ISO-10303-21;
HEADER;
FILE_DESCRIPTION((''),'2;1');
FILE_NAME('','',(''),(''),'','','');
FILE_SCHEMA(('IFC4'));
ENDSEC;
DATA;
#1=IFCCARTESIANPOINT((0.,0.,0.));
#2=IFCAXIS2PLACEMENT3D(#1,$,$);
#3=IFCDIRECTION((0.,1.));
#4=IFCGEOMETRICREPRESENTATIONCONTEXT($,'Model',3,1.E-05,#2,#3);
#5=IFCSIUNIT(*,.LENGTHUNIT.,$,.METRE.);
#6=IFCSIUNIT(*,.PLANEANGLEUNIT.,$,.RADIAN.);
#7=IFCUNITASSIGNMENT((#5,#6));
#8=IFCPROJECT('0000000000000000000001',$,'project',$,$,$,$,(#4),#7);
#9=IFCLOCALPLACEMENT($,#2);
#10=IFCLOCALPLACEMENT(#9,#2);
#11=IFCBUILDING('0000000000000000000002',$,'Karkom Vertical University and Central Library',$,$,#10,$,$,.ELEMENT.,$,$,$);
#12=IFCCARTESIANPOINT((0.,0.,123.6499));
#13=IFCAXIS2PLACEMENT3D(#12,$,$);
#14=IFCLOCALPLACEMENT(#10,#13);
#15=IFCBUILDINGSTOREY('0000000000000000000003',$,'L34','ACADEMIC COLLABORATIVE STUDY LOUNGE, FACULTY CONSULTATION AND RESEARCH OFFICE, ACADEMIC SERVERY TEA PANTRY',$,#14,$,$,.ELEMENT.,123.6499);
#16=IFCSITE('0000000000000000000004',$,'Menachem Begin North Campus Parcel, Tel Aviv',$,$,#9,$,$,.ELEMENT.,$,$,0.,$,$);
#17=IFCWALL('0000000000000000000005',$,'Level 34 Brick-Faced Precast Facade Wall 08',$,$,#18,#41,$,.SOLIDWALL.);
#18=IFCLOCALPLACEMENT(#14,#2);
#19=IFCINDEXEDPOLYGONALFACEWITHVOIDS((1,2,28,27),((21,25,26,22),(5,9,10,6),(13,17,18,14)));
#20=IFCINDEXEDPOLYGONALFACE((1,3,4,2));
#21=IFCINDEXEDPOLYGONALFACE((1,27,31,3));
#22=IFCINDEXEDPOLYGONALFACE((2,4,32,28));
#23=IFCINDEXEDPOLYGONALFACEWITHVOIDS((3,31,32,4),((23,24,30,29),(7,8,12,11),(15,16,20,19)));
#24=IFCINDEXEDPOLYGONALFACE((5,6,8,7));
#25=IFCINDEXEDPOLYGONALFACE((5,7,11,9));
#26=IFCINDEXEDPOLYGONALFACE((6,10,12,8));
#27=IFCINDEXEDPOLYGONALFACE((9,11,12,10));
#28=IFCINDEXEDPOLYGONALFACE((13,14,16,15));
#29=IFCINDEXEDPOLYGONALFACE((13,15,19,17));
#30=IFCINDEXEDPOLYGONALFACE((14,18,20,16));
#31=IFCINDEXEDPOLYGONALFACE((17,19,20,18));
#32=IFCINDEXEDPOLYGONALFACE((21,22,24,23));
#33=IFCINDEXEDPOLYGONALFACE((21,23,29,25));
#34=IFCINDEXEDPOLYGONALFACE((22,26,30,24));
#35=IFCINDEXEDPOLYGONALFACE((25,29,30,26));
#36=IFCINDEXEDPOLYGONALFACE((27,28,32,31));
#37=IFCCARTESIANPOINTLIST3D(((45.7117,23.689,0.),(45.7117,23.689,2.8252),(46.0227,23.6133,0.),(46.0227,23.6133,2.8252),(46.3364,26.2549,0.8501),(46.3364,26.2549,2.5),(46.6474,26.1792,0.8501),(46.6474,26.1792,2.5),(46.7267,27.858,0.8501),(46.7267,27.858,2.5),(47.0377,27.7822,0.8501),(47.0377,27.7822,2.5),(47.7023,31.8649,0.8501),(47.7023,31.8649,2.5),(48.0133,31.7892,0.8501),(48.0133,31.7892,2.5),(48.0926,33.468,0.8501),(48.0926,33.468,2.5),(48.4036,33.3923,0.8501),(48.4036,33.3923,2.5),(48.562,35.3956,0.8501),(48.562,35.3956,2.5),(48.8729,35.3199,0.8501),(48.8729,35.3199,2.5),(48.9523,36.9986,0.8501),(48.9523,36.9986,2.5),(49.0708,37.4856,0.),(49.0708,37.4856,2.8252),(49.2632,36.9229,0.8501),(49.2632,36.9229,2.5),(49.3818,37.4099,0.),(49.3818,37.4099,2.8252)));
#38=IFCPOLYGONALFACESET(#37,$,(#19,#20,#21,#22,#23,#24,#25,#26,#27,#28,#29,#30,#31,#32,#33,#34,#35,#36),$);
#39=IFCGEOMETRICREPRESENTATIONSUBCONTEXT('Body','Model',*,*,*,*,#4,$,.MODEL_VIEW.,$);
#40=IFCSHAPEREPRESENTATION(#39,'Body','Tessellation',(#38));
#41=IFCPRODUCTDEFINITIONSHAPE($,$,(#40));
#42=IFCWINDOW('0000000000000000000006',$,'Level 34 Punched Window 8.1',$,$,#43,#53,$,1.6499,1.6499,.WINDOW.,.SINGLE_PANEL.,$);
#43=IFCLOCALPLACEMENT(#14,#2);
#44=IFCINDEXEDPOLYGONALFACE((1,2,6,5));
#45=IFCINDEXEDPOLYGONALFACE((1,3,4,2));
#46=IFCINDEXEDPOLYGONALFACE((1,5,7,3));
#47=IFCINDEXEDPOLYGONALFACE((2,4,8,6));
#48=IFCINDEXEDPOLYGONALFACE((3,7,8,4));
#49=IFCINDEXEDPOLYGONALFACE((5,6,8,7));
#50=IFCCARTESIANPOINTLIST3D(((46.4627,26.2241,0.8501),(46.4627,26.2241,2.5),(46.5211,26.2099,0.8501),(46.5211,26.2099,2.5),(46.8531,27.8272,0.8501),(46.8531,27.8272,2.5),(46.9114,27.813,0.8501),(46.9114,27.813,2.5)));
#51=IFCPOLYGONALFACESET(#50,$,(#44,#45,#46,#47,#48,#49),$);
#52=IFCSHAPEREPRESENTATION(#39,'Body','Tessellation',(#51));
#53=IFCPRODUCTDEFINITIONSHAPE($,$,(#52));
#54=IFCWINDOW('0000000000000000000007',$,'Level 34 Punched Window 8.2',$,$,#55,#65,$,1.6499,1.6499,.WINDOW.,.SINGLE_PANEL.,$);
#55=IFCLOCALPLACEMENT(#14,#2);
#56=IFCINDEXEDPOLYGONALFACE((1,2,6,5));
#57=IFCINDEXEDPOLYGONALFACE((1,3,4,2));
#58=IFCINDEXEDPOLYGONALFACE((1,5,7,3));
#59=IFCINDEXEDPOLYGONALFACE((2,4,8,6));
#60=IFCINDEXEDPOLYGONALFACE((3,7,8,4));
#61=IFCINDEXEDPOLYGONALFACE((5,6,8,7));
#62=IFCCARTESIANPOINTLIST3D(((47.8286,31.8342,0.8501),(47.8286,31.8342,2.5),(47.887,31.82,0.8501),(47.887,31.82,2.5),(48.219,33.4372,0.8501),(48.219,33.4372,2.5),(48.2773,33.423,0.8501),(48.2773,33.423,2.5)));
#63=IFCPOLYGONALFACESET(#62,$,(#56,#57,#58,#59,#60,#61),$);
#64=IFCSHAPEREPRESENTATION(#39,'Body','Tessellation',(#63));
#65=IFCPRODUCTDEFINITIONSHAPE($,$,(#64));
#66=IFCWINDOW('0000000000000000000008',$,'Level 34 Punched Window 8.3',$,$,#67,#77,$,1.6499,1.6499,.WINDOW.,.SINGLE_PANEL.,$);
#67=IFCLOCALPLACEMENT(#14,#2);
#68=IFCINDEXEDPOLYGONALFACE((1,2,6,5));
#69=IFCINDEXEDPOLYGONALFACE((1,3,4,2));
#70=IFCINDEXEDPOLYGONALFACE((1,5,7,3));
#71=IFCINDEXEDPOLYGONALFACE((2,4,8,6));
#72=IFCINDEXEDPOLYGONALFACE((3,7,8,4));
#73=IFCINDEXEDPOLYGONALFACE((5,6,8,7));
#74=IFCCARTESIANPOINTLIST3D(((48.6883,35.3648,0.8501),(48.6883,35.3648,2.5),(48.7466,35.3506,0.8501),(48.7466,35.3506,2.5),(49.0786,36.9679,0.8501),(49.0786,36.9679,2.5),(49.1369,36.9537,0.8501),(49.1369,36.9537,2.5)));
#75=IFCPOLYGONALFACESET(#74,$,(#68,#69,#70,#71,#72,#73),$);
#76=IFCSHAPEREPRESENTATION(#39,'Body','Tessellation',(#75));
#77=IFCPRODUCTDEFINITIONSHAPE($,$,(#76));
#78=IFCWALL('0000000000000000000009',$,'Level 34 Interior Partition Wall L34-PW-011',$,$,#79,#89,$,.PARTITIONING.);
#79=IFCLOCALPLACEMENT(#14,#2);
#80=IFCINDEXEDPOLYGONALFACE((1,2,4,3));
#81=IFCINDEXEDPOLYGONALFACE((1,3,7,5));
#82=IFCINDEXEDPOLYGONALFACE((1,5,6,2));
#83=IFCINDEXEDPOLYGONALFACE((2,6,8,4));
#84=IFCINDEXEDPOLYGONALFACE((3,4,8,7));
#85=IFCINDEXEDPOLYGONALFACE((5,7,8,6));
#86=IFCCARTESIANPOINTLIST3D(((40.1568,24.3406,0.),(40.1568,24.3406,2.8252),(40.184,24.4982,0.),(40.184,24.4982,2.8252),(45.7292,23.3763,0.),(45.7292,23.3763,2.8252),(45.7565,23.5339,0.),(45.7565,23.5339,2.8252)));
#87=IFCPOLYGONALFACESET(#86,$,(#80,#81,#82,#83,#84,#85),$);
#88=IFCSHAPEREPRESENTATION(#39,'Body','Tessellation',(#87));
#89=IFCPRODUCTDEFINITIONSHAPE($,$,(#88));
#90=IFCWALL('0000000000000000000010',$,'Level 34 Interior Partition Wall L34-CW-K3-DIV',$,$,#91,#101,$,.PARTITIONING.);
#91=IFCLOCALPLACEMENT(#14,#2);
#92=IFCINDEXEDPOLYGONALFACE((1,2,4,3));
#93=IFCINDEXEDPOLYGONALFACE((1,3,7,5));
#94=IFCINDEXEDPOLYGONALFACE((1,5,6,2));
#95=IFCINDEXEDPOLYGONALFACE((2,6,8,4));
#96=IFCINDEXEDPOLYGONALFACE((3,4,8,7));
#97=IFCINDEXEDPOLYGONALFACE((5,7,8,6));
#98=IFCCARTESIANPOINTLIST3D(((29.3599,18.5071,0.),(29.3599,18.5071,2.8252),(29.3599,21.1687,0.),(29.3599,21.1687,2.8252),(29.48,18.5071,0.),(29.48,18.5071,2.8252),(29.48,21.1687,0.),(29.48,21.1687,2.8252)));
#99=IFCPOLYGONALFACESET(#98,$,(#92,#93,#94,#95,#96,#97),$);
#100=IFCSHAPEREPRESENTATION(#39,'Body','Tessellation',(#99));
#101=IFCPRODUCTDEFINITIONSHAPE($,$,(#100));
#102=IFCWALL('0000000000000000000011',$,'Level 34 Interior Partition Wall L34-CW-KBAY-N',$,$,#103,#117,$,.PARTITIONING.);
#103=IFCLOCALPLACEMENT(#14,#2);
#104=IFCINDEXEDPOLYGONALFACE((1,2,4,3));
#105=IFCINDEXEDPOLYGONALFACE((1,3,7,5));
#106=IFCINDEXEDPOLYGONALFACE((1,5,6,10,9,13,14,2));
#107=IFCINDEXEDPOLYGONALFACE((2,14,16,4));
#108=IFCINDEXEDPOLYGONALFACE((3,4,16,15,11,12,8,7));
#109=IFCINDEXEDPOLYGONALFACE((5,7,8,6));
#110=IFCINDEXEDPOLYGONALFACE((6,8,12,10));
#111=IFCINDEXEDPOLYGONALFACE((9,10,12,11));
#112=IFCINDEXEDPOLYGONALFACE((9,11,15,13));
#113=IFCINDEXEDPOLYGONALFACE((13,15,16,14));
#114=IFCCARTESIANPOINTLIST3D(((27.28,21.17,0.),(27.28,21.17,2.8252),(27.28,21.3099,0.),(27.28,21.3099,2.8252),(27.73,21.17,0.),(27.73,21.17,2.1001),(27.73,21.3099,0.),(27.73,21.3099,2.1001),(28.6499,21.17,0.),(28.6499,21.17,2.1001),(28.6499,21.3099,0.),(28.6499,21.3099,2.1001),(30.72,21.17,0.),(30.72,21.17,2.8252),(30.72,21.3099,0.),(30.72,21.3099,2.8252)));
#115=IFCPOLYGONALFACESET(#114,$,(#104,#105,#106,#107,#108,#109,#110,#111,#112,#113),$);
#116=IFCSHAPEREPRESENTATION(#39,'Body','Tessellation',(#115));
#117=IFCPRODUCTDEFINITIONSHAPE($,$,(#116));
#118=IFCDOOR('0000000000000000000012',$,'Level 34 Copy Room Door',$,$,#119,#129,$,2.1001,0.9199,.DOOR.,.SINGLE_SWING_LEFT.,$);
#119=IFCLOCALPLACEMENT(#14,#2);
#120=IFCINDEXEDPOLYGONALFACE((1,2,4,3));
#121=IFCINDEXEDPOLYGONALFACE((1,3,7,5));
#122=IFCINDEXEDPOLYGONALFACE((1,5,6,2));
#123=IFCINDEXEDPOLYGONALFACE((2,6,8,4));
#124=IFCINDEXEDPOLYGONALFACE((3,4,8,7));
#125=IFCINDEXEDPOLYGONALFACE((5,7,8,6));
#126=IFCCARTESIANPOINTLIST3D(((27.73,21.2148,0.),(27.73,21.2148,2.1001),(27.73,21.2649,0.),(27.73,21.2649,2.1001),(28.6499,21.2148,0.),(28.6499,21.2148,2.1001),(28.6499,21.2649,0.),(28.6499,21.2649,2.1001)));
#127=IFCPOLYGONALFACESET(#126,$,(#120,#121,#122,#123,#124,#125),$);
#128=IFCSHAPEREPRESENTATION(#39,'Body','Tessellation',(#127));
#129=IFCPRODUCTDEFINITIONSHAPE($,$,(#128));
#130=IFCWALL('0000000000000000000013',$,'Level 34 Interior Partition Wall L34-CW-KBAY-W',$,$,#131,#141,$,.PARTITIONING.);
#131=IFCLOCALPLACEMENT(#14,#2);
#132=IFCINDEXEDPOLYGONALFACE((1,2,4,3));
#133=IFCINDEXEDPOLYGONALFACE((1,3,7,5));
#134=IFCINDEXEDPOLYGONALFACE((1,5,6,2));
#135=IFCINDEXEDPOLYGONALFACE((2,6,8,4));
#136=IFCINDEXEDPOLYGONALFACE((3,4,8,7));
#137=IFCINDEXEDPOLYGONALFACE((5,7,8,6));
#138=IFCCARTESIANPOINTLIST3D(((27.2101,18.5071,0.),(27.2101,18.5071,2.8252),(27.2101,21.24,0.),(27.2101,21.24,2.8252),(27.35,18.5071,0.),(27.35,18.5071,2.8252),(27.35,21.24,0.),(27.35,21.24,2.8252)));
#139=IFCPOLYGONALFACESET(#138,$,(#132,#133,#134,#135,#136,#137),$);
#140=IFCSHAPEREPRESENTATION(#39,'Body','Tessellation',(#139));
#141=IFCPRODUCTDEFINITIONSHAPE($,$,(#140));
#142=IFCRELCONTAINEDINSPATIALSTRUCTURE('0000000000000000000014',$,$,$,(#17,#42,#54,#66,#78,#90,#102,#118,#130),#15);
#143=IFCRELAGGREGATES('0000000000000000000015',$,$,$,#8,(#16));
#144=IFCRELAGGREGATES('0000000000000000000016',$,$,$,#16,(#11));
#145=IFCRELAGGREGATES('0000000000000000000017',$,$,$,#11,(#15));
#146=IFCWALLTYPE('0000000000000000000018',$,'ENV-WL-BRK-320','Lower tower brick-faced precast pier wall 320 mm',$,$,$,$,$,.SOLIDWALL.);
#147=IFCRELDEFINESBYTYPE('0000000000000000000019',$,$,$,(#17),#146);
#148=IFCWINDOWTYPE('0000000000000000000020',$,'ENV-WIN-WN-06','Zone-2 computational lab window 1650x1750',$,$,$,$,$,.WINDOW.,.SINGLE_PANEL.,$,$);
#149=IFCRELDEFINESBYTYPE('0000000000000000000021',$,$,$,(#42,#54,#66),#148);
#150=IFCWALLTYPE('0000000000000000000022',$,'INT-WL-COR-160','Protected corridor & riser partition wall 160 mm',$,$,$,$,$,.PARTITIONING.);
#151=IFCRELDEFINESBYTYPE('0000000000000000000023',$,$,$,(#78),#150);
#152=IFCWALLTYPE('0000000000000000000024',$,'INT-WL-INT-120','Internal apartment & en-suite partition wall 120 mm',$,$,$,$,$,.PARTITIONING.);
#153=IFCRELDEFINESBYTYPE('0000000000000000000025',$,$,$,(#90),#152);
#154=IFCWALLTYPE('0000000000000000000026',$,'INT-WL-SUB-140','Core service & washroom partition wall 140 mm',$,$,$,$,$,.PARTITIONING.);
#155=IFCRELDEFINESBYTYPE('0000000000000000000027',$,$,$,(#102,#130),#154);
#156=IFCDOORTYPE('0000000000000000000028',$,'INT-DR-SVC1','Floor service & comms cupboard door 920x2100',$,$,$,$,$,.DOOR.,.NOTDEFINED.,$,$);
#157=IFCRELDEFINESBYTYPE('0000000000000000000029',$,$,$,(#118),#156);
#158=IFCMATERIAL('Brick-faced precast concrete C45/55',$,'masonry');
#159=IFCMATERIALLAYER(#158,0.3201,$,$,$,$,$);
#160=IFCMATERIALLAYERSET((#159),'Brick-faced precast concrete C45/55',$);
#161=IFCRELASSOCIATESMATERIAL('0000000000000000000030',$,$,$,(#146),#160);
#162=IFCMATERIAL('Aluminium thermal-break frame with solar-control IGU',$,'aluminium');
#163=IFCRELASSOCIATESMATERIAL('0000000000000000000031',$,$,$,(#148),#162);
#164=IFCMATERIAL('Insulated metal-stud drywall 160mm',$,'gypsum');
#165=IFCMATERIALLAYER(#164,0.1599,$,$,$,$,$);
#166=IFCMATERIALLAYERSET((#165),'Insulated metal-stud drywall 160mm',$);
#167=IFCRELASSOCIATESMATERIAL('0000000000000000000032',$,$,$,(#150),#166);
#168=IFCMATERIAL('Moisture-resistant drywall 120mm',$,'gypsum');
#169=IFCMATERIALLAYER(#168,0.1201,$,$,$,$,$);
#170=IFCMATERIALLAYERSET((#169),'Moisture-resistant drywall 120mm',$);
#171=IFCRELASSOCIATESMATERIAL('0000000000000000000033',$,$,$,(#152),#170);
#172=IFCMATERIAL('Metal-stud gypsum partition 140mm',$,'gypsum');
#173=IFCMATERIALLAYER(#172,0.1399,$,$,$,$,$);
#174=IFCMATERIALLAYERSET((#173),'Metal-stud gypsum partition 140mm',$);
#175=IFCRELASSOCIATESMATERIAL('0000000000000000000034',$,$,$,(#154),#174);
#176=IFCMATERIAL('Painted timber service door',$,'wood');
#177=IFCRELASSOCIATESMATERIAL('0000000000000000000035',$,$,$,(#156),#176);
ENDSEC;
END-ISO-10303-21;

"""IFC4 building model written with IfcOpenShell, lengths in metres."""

from ifc_helpers import new_model, si_unit, direction, frame, frame_2d, origin, origin_with_axes, place, context, subcontext, project, spatial, rectangle, extrude, source, transform, mapped, material, layer, layer_set, type_object, element, fill, save


model = new_model("IFC4")

# Units and contexts
model_context = context("Model", 3, precision=1e-05, world=origin(), true_north=direction((0.0, 1.0)))
body_context = subcontext(model_context, "Body", "Model", "MODEL_VIEW")
ifc_project = project(units=[si_unit("LENGTHUNIT", "METRE"), si_unit("PLANEANGLEUNIT", "RADIAN")], contexts=[model_context])

# Site, building, storey
site_placement = place(None, origin())
site = spatial("IfcSite", under=ifc_project, at=site_placement, Name="Menachem Begin North Campus Parcel, Tel Aviv", CompositionType="ELEMENT", RefElevation=0.0)
building_placement = place(site_placement, origin())
building = spatial("IfcBuilding", under=site, at=building_placement, Name="Karkom Vertical University and Central Library", CompositionType="ELEMENT")
storey_placement = place(building_placement, frame((0.0, 0.0, 123.6499)))
storey = spatial("IfcBuildingStorey", under=building, at=storey_placement, Name="L34", Description="ACADEMIC COLLABORATIVE STUDY LOUNGE, FACULTY CONSULTATION AND RESEARCH OFFICE, ACADEMIC SERVERY TEA PANTRY", CompositionType="ELEMENT", Elevation=123.6499)

# Wall, openings, windows
ifc_material_1 = material(Name="Brick-faced precast concrete C45/55", Category="masonry")
ifc_layer_1 = layer(ifc_material_1, 0.3201)
ifc_layer_set_1 = layer_set([ifc_layer_1], Name="Brick-faced precast concrete C45/55")
wall_type_1 = type_object("IfcWallType", Name="ENV-WL-BRK-320", Description="Lower tower brick-faced precast pier wall 320 mm", PredefinedType="SOLIDWALL", material=ifc_layer_set_1)
wall_1_placement = place(storey_placement, frame((45.8672, 23.6511, 0.0), z_axis=(0.0, 0.0, 1.0), x_axis=(0.236564, 0.971616, 0.0)))
wall_1 = element("IfcWall", 1, at=wall_1_placement, inside=storey, type_object=wall_type_1, Name="Level 34 Brick-Faced Precast Facade Wall 08", PredefinedType="SOLIDWALL", context=body_context, shape_type="SweptSolid", body=[
    extrude(rectangle(XDim=14.1997, YDim=0.3201, at=frame_2d((7.0999, 0.0))), origin(), (0.0, 0.0, 1.0), 2.8252),
])
opening_1_placement = place(wall_1_placement, frame((2.6409, 0.0, 0.8501)))
opening_1 = element("IfcOpeningElement", 2, at=opening_1_placement, cuts=wall_1, PredefinedType="OPENING", context=body_context, shape_type="SweptSolid", body=[
    extrude(rectangle(XDim=1.6499, YDim=1.6499, at=frame_2d((0.825, 0.825))), frame((0.0, 0.1699, 0.0), z_axis=(0.0, -1.0, 0.0), x_axis=(1.0, 0.0, 0.0)), (0.0, 0.0, 1.0), 0.3401),
])
opening_2_placement = place(wall_1_placement, frame((8.4148, 0.0, 0.8501)))
opening_2 = element("IfcOpeningElement", 3, at=opening_2_placement, cuts=wall_1, PredefinedType="OPENING", context=body_context, shape_type="SweptSolid", body=[
    extrude(rectangle(XDim=1.6499, YDim=1.6499, at=frame_2d((0.825, 0.825))), frame((0.0, 0.1699, 0.0), z_axis=(0.0, -1.0, 0.0), x_axis=(1.0, 0.0, 0.0)), (0.0, 0.0, 1.0), 0.3401),
])
opening_3_placement = place(wall_1_placement, frame((12.0486, 0.0, 0.8501)))
opening_3 = element("IfcOpeningElement", 4, at=opening_3_placement, cuts=wall_1, PredefinedType="OPENING", context=body_context, shape_type="SweptSolid", body=[
    extrude(rectangle(XDim=1.6499, YDim=1.6499, at=frame_2d((0.825, 0.825))), frame((0.0, 0.1699, 0.0), z_axis=(0.0, -1.0, 0.0), x_axis=(1.0, 0.0, 0.0)), (0.0, 0.0, 1.0), 0.3401),
])
ifc_material_2 = material(Name="Aluminium thermal-break frame with solar-control IGU", Category="aluminium")
window_type = type_object("IfcWindowType", Name="ENV-WIN-WN-06", Description="Zone-2 computational lab window 1650x1750", PartitioningType="SINGLE_PANEL", PredefinedType="WINDOW", material=ifc_material_2)
shared_shape_1 = source(origin_with_axes(), body_context, "Body", "SweptSolid", [
    extrude(rectangle(XDim=1.6499, YDim=1.6499, at=frame_2d((0.825, 0.825))), frame((0.0, 0.03, 0.0), z_axis=(0.0, -1.0, 0.0), x_axis=(1.0, 0.0, 0.0)), (0.0, 0.0, 1.0), 0.0601),
])
window_1_placement = place(opening_1_placement, origin())
window_1 = element("IfcWindow", 5, at=window_1_placement, inside=storey, type_object=window_type, Name="Level 34 Punched Window 8.1", OverallHeight=1.6499, OverallWidth=1.6499, PartitioningType="SINGLE_PANEL", PredefinedType="WINDOW", context=body_context, shape_type="MappedRepresentation", body=[
    mapped(shared_shape_1, transform((0.0, 0.0, 0.0), scale=1.0)),
])
fill(opening_1, window_1)
window_2_placement = place(opening_2_placement, origin())
window_2 = element("IfcWindow", 6, at=window_2_placement, inside=storey, type_object=window_type, Name="Level 34 Punched Window 8.2", OverallHeight=1.6499, OverallWidth=1.6499, PartitioningType="SINGLE_PANEL", PredefinedType="WINDOW", context=body_context, shape_type="MappedRepresentation", body=[
    mapped(shared_shape_1, transform((0.0, 0.0, 0.0), scale=1.0)),
])
fill(opening_2, window_2)
window_3_placement = place(opening_3_placement, origin())
window_3 = element("IfcWindow", 7, at=window_3_placement, inside=storey, type_object=window_type, Name="Level 34 Punched Window 8.3", OverallHeight=1.6499, OverallWidth=1.6499, PartitioningType="SINGLE_PANEL", PredefinedType="WINDOW", context=body_context, shape_type="MappedRepresentation", body=[
    mapped(shared_shape_1, transform((0.0, 0.0, 0.0), scale=1.0)),
])
fill(opening_3, window_3)

# Walls
ifc_material_3 = material(Name="Insulated metal-stud drywall 160mm", Category="gypsum")
ifc_layer_2 = layer(ifc_material_3, 0.1599)
ifc_layer_set_2 = layer_set([ifc_layer_2], Name="Insulated metal-stud drywall 160mm")
wall_type_2 = type_object("IfcWallType", Name="INT-WL-COR-160", Description="Protected corridor & riser partition wall 160 mm", PredefinedType="PARTITIONING", material=ifc_layer_set_2)
wall_2_placement = place(storey_placement, frame((40.1704, 24.4194, 0.0), z_axis=(0.0, 0.0, 1.0), x_axis=(0.985354, -0.170521, 0.0)))
element("IfcWall", 8, at=wall_2_placement, inside=storey, type_object=wall_type_2, Name="Level 34 Interior Partition Wall L34-PW-011", PredefinedType="PARTITIONING", context=body_context, shape_type="SweptSolid", body=[
    extrude(rectangle(XDim=5.6553, YDim=0.1599, at=frame_2d((2.8276, 0.0))), origin(), (0.0, 0.0, 1.0), 2.8252),
])
ifc_material_4 = material(Name="Moisture-resistant drywall 120mm", Category="gypsum")
ifc_layer_3 = layer(ifc_material_4, 0.1201)
ifc_layer_set_3 = layer_set([ifc_layer_3], Name="Moisture-resistant drywall 120mm")
wall_type_3 = type_object("IfcWallType", Name="INT-WL-INT-120", Description="Internal apartment & en-suite partition wall 120 mm", PredefinedType="PARTITIONING", material=ifc_layer_set_3)
wall_3_placement = place(storey_placement, frame((29.4199, 18.5071, 0.0), z_axis=(0.0, 0.0, 1.0), x_axis=(0.0, 1.0, 0.0)))
element("IfcWall", 9, at=wall_3_placement, inside=storey, type_object=wall_type_3, Name="Level 34 Interior Partition Wall L34-CW-K3-DIV", PredefinedType="PARTITIONING", context=body_context, shape_type="SweptSolid", body=[
    extrude(rectangle(XDim=2.6616, YDim=0.1201, at=frame_2d((1.3308, 0.0))), origin(), (0.0, 0.0, 1.0), 2.8252),
])

# Wall, opening, door
ifc_material_5 = material(Name="Metal-stud gypsum partition 140mm", Category="gypsum")
ifc_layer_4 = layer(ifc_material_5, 0.1399)
ifc_layer_set_4 = layer_set([ifc_layer_4], Name="Metal-stud gypsum partition 140mm")
wall_type_4 = type_object("IfcWallType", Name="INT-WL-SUB-140", Description="Core service & washroom partition wall 140 mm", PredefinedType="PARTITIONING", material=ifc_layer_set_4)
wall_4_placement = place(storey_placement, frame((27.28, 21.24, 0.0), z_axis=(0.0, 0.0, 1.0), x_axis=(1.0, 0.0, 0.0)))
wall_4 = element("IfcWall", 10, at=wall_4_placement, inside=storey, type_object=wall_type_4, Name="Level 34 Interior Partition Wall L34-CW-KBAY-N", PredefinedType="PARTITIONING", context=body_context, shape_type="SweptSolid", body=[
    extrude(rectangle(XDim=3.4399, YDim=0.1399, at=frame_2d((1.72, 0.0))), origin(), (0.0, 0.0, 1.0), 2.8252),
])
opening_4_placement = place(wall_4_placement, frame((0.45, 0.0, 0.0)))
opening_4 = element("IfcOpeningElement", 11, at=opening_4_placement, cuts=wall_4, PredefinedType="OPENING", context=body_context, shape_type="SweptSolid", body=[
    extrude(rectangle(XDim=0.9199, YDim=2.1001, at=frame_2d((0.46, 1.05))), frame((0.0, 0.0801, 0.0), z_axis=(0.0, -1.0, 0.0), x_axis=(1.0, 0.0, 0.0)), (0.0, 0.0, 1.0), 0.1599),
])
ifc_material_6 = material(Name="Painted timber service door", Category="wood")
door_type_1 = type_object("IfcDoorType", Name="INT-DR-SVC1", Description="Floor service & comms cupboard door 920x2100", OperationType="NOTDEFINED", PredefinedType="DOOR", material=ifc_material_6)
shared_shape_2 = source(origin_with_axes(), body_context, "Body", "SweptSolid", [
    extrude(rectangle(XDim=0.9199, YDim=2.1001, at=frame_2d((0.46, 1.05))), frame((0.0, 0.0249, 0.0), z_axis=(0.0, -1.0, 0.0), x_axis=(1.0, 0.0, 0.0)), (0.0, 0.0, 1.0), 0.05),
])
door_1_placement = place(opening_4_placement, origin())
door_1 = element("IfcDoor", 12, at=door_1_placement, inside=storey, type_object=door_type_1, Name="Level 34 Copy Room Door", OperationType="SINGLE_SWING_LEFT", OverallHeight=2.1001, OverallWidth=0.9199, PredefinedType="DOOR", context=body_context, shape_type="MappedRepresentation", body=[
    mapped(shared_shape_2, transform((0.0, 0.0, 0.0), scale=1.0)),
])
fill(opening_4, door_1)

# Wall
wall_5_placement = place(storey_placement, frame((27.28, 18.5071, 0.0), z_axis=(0.0, 0.0, 1.0), x_axis=(0.0, 1.0, 0.0)))
element("IfcWall", 13, at=wall_5_placement, inside=storey, type_object=wall_type_4, Name="Level 34 Interior Partition Wall L34-CW-KBAY-W", PredefinedType="PARTITIONING", context=body_context, shape_type="SweptSolid", body=[
    extrude(rectangle(XDim=2.7329, YDim=0.1399, at=frame_2d((1.3665, 0.0))), origin(), (0.0, 0.0, 1.0), 2.8252),
])

save(model, "model.ifc")
